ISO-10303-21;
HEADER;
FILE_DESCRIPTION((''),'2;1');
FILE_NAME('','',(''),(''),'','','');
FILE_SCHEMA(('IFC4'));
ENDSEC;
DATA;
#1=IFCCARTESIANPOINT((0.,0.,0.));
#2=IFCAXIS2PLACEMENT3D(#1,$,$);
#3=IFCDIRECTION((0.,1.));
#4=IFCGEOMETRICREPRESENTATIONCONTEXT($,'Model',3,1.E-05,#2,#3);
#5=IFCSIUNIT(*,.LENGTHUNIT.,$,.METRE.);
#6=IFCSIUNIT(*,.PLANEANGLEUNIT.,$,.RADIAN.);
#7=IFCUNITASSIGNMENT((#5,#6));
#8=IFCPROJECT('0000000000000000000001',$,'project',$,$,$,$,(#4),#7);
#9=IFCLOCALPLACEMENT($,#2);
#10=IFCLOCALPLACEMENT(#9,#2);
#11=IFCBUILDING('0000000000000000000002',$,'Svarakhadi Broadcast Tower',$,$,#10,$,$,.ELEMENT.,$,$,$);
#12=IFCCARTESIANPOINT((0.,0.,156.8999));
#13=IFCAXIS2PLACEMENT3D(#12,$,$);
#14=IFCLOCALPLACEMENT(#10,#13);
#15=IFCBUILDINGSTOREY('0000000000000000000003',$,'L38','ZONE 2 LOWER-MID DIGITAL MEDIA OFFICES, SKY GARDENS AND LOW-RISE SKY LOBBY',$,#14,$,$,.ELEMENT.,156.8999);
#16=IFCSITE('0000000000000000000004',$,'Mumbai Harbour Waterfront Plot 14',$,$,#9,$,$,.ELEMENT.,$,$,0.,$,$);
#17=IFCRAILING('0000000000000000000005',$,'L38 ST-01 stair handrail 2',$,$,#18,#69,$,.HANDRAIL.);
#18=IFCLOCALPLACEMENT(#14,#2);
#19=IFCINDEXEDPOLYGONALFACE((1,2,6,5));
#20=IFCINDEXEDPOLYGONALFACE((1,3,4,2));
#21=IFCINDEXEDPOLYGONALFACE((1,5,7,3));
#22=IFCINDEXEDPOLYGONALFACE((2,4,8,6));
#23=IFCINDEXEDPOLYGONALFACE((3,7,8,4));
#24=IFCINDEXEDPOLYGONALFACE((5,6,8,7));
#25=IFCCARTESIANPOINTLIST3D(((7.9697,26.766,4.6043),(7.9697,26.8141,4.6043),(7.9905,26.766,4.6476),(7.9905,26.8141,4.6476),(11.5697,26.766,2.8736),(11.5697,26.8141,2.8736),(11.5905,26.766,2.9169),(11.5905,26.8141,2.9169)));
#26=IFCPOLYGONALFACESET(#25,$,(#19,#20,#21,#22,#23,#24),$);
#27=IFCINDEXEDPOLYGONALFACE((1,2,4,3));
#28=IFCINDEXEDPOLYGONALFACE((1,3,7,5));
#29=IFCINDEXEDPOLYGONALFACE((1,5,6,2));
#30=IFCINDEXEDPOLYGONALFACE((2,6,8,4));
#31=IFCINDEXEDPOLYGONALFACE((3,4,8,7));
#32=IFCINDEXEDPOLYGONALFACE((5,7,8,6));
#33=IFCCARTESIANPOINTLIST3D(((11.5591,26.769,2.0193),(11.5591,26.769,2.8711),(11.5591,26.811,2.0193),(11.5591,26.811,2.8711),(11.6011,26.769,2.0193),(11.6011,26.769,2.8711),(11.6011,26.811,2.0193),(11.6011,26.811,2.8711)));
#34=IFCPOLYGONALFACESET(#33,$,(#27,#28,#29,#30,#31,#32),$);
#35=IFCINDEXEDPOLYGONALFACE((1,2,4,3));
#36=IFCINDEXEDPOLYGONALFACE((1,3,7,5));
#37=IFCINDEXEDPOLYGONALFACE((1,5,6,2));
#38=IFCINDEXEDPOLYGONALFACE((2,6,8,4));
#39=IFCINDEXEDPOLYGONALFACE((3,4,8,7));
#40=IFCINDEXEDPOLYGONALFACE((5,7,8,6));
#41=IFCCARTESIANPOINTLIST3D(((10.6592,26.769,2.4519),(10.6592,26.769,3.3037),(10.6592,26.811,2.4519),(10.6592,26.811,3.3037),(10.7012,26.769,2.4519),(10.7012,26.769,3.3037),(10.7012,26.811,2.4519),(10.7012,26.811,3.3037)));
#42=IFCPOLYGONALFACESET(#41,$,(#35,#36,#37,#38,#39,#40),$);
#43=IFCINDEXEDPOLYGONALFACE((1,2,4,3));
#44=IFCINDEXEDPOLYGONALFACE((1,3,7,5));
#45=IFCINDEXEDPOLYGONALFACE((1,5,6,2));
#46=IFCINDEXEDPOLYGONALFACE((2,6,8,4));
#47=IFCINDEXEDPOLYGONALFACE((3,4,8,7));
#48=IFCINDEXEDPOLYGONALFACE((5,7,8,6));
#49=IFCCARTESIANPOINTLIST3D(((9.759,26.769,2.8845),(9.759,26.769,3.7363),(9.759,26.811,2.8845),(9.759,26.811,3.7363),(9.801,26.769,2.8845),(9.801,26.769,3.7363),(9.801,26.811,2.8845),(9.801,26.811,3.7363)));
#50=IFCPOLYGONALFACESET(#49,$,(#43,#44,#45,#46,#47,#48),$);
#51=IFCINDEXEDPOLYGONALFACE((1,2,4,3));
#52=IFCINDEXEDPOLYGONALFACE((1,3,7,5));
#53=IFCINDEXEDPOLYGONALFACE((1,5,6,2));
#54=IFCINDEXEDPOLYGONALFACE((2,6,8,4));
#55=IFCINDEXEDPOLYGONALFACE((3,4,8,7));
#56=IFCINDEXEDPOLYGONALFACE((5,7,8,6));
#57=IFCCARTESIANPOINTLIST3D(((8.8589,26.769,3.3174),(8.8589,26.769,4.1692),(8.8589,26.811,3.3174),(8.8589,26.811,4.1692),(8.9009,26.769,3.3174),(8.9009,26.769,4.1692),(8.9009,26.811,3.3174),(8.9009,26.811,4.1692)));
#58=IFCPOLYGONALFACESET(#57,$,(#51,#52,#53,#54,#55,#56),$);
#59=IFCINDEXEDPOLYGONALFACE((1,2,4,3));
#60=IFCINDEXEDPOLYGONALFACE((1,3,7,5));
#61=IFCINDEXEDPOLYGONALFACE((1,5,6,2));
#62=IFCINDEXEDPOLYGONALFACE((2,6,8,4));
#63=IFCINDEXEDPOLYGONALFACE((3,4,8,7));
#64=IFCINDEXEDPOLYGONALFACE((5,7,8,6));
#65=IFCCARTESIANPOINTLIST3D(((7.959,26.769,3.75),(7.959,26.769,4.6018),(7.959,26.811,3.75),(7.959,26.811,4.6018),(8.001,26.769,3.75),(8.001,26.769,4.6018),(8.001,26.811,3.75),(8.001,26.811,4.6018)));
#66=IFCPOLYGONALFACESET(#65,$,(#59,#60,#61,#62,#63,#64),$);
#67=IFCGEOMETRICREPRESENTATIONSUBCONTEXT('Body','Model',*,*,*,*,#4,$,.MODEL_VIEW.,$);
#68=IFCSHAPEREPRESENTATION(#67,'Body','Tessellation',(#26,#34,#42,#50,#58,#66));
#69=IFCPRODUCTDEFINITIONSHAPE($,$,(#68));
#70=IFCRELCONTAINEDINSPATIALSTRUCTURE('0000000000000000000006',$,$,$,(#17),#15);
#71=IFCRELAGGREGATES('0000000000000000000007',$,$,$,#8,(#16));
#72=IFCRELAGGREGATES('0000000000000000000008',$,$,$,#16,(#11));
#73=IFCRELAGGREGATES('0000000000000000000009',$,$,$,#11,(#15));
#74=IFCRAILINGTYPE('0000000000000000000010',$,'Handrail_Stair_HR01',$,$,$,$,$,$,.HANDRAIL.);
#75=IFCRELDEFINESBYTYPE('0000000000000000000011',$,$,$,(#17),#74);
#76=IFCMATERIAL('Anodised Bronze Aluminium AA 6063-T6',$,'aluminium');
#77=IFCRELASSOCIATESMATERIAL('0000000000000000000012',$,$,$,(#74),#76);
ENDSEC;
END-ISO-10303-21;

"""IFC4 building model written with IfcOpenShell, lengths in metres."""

from ifc_helpers import new_model, si_unit, direction, frame, origin, origin_2d, place, context, subcontext, project, spatial, rectangle, extrude, material, type_object, element, save


model = new_model("IFC4")

# Units and contexts
model_context = context("Model", 3, precision=1e-05, world=origin(), true_north=direction((0.0, 1.0)))
body_context = subcontext(model_context, "Body", "Model", "MODEL_VIEW")
ifc_project = project(units=[si_unit("LENGTHUNIT", "METRE"), si_unit("PLANEANGLEUNIT", "RADIAN")], contexts=[model_context])

# Site, building, storey
site_placement = place(None, origin())
site = spatial("IfcSite", under=ifc_project, at=site_placement, Name="Mumbai Harbour Waterfront Plot 14", CompositionType="ELEMENT", RefElevation=0.0)
building_placement = place(site_placement, origin())
building = spatial("IfcBuilding", under=site, at=building_placement, Name="Svarakhadi Broadcast Tower", CompositionType="ELEMENT")
storey_placement = place(building_placement, frame((0.0, 0.0, 156.8999)))
storey = spatial("IfcBuildingStorey", under=building, at=storey_placement, Name="L38", Description="ZONE 2 LOWER-MID DIGITAL MEDIA OFFICES, SKY GARDENS AND LOW-RISE SKY LOBBY", CompositionType="ELEMENT", Elevation=156.8999)

# Railing
ifc_material_1 = material(Name="Anodised Bronze Aluminium AA 6063-T6", Category="aluminium")
railing_type_1 = type_object("IfcRailingType", Name="Handrail_Stair_HR01", PredefinedType="HANDRAIL", material=ifc_material_1)
railing_1_placement = place(storey_placement, frame((11.5801, 26.79, 2.0193)))
element("IfcRailing", 1, at=railing_1_placement, inside=storey, type_object=railing_type_1, Name="L38 ST-01 stair handrail 2", PredefinedType="HANDRAIL", context=body_context, shape_type="SweptSolid", body=[
    extrude(rectangle(XDim=0.0481, YDim=0.0481, at=origin_2d()), frame((0.0, 0.0, 0.876), z_axis=(-0.901263, 0.0, 0.433273), x_axis=(0.0, -1.0, 0.0)), (0.0, 0.0, 1.0), 3.9944),
    extrude(rectangle(XDim=0.042, YDim=0.042, at=origin_2d()), origin(), (0.0, 0.0, 1.0), 0.8518),
    extrude(rectangle(XDim=0.042, YDim=0.042, at=origin_2d()), frame((-0.8999, 0.0, 0.4326)), (0.0, 0.0, 1.0), 0.8518),
    extrude(rectangle(XDim=0.042, YDim=0.042, at=origin_2d()), frame((-1.8, 0.0, 0.8652)), (0.0, 0.0, 1.0), 0.8518),
    extrude(rectangle(XDim=0.042, YDim=0.042, at=origin_2d()), frame((-2.7002, 0.0, 1.2981)), (0.0, 0.0, 1.0), 0.8518),
    extrude(rectangle(XDim=0.042, YDim=0.042, at=origin_2d()), frame((-3.6001, 0.0, 1.7307)), (0.0, 0.0, 1.0), 0.8518),
])

save(model, "model.ifc")
